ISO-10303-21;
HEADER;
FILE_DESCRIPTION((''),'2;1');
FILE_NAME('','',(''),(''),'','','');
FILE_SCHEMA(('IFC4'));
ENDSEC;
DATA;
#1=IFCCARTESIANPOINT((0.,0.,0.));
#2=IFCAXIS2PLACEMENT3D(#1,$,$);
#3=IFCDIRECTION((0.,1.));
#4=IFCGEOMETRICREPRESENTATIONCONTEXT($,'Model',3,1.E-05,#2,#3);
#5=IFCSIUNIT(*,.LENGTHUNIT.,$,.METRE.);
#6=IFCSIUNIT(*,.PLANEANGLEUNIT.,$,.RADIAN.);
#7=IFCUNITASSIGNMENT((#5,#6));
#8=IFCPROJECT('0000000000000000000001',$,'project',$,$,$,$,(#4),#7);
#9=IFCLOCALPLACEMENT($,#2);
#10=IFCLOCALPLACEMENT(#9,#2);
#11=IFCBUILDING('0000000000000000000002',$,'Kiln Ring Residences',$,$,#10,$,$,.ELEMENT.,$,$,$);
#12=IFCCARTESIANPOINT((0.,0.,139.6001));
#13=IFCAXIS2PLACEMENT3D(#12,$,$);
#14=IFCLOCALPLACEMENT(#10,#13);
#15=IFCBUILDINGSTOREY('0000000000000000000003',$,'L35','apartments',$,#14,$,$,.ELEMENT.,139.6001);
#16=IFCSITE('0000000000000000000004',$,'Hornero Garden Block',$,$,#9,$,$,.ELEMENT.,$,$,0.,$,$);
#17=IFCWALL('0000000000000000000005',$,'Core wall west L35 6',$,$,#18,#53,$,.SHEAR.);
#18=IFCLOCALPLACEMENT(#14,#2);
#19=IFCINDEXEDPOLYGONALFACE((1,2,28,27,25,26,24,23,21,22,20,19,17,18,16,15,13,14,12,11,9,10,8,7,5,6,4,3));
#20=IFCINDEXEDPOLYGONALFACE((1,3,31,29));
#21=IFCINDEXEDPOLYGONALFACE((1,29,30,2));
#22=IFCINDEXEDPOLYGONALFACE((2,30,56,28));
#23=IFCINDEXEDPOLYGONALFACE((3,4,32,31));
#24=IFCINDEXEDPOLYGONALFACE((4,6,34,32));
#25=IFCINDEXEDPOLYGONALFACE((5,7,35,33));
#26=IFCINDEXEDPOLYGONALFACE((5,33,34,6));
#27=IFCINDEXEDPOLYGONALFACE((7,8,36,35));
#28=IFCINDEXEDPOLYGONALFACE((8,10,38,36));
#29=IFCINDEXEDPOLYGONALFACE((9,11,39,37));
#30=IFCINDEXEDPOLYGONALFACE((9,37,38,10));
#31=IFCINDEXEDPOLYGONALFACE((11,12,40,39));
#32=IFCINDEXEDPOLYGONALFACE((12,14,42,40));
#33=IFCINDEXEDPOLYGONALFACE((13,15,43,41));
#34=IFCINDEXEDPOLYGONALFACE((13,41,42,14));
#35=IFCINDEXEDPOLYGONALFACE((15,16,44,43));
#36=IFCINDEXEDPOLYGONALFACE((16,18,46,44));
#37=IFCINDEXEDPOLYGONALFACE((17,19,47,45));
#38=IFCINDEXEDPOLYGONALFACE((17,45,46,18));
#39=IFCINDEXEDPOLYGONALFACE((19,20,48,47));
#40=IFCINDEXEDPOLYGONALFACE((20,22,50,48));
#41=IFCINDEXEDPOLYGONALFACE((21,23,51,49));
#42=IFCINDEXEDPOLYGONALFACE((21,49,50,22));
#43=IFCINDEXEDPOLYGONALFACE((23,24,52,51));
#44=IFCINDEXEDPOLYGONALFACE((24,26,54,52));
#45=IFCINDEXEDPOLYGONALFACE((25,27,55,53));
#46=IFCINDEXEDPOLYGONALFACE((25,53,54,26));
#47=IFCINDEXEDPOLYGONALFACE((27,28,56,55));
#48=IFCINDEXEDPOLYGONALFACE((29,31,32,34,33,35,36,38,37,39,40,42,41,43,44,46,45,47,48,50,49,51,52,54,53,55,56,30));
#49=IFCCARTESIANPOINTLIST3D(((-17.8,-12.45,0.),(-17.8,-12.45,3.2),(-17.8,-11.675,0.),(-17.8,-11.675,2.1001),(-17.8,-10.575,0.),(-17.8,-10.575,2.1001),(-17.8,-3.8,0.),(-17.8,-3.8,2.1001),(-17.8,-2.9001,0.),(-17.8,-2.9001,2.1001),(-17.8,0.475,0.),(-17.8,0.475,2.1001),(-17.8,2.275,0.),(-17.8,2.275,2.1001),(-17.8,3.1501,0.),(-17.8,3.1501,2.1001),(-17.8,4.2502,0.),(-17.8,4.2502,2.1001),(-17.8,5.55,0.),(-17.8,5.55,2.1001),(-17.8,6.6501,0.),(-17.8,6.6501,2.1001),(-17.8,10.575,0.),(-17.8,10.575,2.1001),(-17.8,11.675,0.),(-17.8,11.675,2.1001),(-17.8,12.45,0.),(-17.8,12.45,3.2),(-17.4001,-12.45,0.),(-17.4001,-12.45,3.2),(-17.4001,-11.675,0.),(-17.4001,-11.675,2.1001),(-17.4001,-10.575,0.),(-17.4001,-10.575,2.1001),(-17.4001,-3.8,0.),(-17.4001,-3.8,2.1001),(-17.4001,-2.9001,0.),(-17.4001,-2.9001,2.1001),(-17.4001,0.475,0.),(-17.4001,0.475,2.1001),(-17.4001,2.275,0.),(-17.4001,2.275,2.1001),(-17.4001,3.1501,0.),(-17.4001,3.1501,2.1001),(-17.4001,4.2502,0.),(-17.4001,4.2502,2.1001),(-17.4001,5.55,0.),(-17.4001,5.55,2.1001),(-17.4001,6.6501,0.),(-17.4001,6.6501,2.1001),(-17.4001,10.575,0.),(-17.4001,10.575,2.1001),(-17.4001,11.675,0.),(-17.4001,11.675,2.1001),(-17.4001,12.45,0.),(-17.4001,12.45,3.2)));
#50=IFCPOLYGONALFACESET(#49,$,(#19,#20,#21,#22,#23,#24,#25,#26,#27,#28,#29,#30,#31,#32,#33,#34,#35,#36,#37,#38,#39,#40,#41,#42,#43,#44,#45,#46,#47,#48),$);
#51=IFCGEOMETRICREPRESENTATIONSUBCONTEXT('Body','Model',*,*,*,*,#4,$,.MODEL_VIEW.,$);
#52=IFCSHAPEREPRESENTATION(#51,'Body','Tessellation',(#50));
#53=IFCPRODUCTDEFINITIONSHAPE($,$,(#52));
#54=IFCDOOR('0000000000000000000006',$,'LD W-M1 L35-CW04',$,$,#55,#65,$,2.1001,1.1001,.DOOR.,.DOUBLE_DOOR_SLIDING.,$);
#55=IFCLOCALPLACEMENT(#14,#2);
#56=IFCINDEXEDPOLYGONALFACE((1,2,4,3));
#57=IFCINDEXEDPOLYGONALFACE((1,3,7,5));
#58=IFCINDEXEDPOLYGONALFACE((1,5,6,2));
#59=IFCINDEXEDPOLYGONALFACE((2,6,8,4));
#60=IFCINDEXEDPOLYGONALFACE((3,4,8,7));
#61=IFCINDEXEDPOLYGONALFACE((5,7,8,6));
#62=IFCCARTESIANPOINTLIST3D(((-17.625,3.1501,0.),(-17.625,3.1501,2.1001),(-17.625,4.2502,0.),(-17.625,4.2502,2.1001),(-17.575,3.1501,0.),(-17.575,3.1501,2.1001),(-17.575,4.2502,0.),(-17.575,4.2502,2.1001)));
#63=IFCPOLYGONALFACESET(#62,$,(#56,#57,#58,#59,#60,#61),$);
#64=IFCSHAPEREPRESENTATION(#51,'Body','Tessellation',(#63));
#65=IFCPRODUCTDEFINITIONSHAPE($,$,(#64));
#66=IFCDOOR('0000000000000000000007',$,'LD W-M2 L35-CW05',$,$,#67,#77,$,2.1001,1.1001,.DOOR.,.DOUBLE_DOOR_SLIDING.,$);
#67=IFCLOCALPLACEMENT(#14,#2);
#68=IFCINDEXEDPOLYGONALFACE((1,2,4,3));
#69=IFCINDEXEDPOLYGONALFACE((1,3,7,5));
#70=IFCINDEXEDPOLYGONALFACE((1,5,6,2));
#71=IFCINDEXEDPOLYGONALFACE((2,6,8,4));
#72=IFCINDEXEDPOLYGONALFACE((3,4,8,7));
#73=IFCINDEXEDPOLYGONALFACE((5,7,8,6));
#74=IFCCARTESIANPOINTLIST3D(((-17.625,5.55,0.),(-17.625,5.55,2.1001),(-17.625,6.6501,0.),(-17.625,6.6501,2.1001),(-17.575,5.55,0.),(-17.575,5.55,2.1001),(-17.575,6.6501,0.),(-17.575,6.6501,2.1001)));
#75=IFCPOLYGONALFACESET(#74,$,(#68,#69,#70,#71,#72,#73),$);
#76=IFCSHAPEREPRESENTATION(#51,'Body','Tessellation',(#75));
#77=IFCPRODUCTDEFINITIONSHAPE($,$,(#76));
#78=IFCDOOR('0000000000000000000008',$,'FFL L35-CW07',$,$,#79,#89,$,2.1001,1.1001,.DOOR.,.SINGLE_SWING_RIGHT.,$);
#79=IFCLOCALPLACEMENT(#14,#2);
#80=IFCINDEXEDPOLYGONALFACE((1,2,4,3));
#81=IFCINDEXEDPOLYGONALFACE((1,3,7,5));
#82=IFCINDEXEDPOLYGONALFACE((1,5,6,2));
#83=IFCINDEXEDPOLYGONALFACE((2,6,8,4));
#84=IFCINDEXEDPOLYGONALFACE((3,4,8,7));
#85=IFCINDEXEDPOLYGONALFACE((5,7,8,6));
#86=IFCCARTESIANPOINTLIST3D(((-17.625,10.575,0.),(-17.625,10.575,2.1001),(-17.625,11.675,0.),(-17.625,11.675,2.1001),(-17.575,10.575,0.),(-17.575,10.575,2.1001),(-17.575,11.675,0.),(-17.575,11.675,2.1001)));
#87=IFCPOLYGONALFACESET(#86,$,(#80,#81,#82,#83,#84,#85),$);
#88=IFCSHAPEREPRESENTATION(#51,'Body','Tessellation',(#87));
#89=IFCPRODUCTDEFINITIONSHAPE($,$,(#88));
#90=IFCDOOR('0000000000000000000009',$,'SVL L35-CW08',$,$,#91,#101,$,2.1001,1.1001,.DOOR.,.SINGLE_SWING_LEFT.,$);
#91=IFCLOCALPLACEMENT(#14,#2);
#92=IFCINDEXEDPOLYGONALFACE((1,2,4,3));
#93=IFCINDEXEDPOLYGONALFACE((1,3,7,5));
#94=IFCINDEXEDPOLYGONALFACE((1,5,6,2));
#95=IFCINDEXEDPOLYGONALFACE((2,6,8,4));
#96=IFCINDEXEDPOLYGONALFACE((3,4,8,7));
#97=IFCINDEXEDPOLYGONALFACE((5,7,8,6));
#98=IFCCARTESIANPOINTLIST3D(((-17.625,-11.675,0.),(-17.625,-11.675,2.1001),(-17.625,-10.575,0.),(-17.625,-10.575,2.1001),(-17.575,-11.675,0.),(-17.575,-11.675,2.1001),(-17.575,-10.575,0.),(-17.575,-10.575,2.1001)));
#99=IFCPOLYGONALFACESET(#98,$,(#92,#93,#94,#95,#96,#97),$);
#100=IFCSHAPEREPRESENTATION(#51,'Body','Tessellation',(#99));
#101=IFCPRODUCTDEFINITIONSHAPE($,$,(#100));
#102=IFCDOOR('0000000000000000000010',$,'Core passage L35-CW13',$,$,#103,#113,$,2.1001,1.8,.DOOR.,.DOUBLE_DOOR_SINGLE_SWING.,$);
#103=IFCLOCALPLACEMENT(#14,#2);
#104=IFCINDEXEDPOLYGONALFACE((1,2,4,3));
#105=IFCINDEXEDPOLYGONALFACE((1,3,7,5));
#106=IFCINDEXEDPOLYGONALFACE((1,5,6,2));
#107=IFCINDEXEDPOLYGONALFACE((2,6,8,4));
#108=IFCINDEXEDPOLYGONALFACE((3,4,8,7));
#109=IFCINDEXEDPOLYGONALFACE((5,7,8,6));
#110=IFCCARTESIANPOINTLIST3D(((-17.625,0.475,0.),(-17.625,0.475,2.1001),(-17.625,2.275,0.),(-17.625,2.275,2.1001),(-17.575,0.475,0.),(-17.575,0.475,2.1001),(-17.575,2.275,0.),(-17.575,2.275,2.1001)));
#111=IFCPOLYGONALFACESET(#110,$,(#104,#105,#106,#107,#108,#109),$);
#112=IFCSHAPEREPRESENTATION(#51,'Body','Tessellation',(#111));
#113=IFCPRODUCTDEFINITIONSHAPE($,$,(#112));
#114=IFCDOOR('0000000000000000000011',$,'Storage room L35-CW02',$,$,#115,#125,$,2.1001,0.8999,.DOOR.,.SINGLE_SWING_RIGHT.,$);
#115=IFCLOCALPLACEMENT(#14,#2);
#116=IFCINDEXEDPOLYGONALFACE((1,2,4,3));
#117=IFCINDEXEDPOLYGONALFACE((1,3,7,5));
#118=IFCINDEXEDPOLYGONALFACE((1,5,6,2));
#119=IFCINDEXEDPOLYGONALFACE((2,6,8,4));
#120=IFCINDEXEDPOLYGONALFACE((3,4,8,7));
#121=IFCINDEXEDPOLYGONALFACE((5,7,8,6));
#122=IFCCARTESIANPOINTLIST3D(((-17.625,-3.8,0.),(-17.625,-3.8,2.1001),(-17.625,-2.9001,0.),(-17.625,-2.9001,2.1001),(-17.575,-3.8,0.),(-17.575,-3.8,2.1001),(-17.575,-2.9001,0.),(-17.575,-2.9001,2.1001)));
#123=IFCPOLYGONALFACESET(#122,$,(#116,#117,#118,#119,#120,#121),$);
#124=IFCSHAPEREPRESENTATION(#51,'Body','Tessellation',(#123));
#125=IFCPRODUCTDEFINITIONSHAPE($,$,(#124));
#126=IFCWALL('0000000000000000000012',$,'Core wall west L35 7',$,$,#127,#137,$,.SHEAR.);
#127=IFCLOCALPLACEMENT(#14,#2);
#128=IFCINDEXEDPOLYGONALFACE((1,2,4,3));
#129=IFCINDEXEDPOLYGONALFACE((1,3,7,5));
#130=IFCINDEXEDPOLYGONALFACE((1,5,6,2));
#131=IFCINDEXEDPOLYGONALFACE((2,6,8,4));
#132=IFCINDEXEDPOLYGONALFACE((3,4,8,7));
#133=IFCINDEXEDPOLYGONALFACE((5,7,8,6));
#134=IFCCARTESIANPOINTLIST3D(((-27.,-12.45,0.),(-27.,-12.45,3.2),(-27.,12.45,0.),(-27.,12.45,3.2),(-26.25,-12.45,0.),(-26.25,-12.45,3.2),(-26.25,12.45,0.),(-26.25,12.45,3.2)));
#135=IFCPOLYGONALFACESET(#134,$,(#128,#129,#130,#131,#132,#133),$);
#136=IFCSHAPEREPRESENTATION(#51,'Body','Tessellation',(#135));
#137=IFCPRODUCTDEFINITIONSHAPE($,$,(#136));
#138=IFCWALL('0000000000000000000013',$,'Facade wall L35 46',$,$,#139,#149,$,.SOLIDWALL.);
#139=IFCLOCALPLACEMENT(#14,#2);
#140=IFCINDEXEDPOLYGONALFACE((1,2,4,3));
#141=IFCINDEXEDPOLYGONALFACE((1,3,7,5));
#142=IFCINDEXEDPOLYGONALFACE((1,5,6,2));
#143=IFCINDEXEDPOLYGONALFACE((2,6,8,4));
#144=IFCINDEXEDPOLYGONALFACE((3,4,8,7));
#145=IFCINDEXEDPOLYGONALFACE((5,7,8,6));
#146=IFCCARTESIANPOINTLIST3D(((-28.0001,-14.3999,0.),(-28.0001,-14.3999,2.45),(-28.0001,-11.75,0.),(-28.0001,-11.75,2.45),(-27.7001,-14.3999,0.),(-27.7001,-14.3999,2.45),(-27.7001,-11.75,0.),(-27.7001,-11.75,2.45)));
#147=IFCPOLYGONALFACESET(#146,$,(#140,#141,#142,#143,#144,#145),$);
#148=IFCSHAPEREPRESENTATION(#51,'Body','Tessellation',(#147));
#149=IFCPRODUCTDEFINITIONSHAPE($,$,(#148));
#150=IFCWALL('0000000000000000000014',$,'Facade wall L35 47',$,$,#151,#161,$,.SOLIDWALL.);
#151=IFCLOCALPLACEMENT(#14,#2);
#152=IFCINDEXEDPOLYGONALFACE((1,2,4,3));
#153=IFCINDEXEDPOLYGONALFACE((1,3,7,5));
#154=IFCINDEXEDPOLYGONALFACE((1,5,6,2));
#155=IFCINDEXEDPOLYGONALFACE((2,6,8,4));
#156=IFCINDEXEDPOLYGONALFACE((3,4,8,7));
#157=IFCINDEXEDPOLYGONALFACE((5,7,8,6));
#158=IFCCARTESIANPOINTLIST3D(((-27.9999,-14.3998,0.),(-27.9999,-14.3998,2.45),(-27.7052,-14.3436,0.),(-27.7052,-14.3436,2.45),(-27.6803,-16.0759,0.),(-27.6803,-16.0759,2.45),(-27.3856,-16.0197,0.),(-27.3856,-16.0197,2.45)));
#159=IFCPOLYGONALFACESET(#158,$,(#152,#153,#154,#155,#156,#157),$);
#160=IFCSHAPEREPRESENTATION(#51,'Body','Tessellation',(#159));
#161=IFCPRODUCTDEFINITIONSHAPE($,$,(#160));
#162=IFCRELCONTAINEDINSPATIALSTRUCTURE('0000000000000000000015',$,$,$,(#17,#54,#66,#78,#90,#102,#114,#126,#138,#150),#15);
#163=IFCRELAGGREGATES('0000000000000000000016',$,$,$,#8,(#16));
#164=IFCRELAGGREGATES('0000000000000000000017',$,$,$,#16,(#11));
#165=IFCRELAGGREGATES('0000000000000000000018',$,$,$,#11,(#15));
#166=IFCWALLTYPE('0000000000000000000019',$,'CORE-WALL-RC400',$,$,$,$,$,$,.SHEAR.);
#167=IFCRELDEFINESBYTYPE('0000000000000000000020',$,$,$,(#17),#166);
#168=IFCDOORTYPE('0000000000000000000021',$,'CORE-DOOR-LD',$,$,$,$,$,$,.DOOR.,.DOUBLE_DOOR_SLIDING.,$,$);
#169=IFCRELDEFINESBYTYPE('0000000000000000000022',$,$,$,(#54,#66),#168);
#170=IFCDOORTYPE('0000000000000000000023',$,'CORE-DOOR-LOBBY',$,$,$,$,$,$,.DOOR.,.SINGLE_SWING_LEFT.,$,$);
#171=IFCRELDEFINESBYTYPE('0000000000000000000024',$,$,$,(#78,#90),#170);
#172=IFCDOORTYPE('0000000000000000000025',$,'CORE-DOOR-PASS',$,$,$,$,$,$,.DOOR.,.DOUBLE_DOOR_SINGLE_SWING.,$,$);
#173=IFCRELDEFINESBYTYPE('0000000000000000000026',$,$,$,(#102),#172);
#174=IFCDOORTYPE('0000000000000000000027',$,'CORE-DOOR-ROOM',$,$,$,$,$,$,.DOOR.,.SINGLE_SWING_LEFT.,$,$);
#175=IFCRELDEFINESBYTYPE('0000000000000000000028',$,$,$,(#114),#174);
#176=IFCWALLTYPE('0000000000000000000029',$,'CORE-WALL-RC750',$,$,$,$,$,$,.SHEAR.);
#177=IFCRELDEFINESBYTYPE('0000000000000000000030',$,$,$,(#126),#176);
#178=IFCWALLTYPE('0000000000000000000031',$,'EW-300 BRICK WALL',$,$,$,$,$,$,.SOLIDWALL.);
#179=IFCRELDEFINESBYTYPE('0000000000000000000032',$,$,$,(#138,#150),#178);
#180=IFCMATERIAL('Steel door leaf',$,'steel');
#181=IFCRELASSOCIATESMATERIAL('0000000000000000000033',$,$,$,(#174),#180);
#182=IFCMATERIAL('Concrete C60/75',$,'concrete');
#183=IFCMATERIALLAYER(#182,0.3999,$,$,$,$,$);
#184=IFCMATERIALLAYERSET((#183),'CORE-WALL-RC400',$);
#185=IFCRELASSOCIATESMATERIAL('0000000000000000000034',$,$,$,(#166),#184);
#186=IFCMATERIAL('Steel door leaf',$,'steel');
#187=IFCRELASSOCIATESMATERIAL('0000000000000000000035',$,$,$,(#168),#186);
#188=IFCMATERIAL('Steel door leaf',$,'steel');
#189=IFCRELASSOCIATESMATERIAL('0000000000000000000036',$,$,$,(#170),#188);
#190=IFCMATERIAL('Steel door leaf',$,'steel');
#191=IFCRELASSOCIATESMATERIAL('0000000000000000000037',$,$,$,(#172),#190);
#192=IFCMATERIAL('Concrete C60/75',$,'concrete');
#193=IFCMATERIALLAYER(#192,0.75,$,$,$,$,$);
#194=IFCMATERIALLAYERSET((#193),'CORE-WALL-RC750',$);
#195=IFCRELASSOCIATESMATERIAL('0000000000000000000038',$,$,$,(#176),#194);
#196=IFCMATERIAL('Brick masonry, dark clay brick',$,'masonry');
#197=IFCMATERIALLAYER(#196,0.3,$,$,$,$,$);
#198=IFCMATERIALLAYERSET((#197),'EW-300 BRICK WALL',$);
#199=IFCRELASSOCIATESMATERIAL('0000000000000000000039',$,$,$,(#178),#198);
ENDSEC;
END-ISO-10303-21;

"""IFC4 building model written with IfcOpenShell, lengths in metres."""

from ifc_helpers import new_model, si_unit, direction, frame, frame_2d, origin, place, context, subcontext, project, spatial, rectangle, extrude, material, layer, layer_set, type_object, element, fill, save


model = new_model("IFC4")

# Units and contexts
model_context = context("Model", 3, precision=1e-05, world=origin(), true_north=direction((0.0, 1.0)))
body_context = subcontext(model_context, "Body", "Model", "MODEL_VIEW")
ifc_project = project(units=[si_unit("LENGTHUNIT", "METRE"), si_unit("PLANEANGLEUNIT", "RADIAN")], contexts=[model_context])

# Site, building, storey
site_placement = place(None, origin())
site = spatial("IfcSite", under=ifc_project, at=site_placement, Name="Hornero Garden Block", CompositionType="ELEMENT", RefElevation=0.0)
building_placement = place(site_placement, origin())
building = spatial("IfcBuilding", under=site, at=building_placement, Name="Kiln Ring Residences", CompositionType="ELEMENT")
storey_placement = place(building_placement, frame((0.0, 0.0, 139.6001)))
storey = spatial("IfcBuildingStorey", under=building, at=storey_placement, Name="L35", Description="apartments", CompositionType="ELEMENT", Elevation=139.6001)

# Shared definitions
ifc_material_1 = material(Name="Steel door leaf", Category="steel")
door_type_1 = type_object("IfcDoorType", Name="CORE-DOOR-ROOM", OperationType="SINGLE_SWING_LEFT", PredefinedType="DOOR", material=ifc_material_1)

# Wall, openings, doors
ifc_material_2 = material(Name="Concrete C60/75", Category="concrete")
ifc_layer_1 = layer(ifc_material_2, 0.3999)
ifc_layer_set_1 = layer_set([ifc_layer_1], Name="CORE-WALL-RC400")
wall_type_1 = type_object("IfcWallType", Name="CORE-WALL-RC400", PredefinedType="SHEAR", material=ifc_layer_set_1)
wall_1_placement = place(storey_placement, frame((-17.6001, -12.45, 0.0), z_axis=(0.0, 0.0, 1.0), x_axis=(0.0, 1.0, 0.0)))
wall_1 = element("IfcWall", 1, at=wall_1_placement, inside=storey, type_object=wall_type_1, Name="Core wall west L35 6", PredefinedType="SHEAR", context=body_context, shape_type="SweptSolid", body=[
    extrude(rectangle(XDim=24.8999, YDim=0.3999, at=frame_2d((12.45, 0.0))), origin(), (0.0, 0.0, 1.0), 3.2),
])
opening_1_placement = place(wall_1_placement, frame((8.6499, 0.0, 0.0)))
opening_1 = element("IfcOpeningElement", 2, at=opening_1_placement, cuts=wall_1, PredefinedType="OPENING", context=body_context, shape_type="SweptSolid", body=[
    extrude(rectangle(XDim=0.8999, YDim=2.1001, at=frame_2d((0.45, 1.05))), frame((0.0, 0.21, 0.0), z_axis=(0.0, -1.0, 0.0), x_axis=(1.0, 0.0, 0.0)), (0.0, 0.0, 1.0), 0.4199),
])
opening_2_placement = place(wall_1_placement, frame((15.6001, 0.0, 0.0)))
opening_2 = element("IfcOpeningElement", 3, at=opening_2_placement, cuts=wall_1, PredefinedType="OPENING", context=body_context, shape_type="SweptSolid", body=[
    extrude(rectangle(XDim=1.1001, YDim=2.1001, at=frame_2d((0.55, 1.05))), frame((0.0, 0.21, 0.0), z_axis=(0.0, -1.0, 0.0), x_axis=(1.0, 0.0, 0.0)), (0.0, 0.0, 1.0), 0.4199),
])
opening_3_placement = place(wall_1_placement, frame((18.0, 0.0, 0.0)))
opening_3 = element("IfcOpeningElement", 4, at=opening_3_placement, cuts=wall_1, PredefinedType="OPENING", context=body_context, shape_type="SweptSolid", body=[
    extrude(rectangle(XDim=1.1001, YDim=2.1001, at=frame_2d((0.55, 1.05))), frame((0.0, 0.21, 0.0), z_axis=(0.0, -1.0, 0.0), x_axis=(1.0, 0.0, 0.0)), (0.0, 0.0, 1.0), 0.4199),
])
opening_4_placement = place(wall_1_placement, frame((23.0249, 0.0, 0.0)))
opening_4 = element("IfcOpeningElement", 5, at=opening_4_placement, cuts=wall_1, PredefinedType="OPENING", context=body_context, shape_type="SweptSolid", body=[
    extrude(rectangle(XDim=1.1001, YDim=2.1001, at=frame_2d((0.55, 1.05))), frame((0.0, 0.21, 0.0), z_axis=(0.0, -1.0, 0.0), x_axis=(1.0, 0.0, 0.0)), (0.0, 0.0, 1.0), 0.4199),
])
opening_5_placement = place(wall_1_placement, frame((0.7749, 0.0, 0.0)))
opening_5 = element("IfcOpeningElement", 6, at=opening_5_placement, cuts=wall_1, PredefinedType="OPENING", context=body_context, shape_type="SweptSolid", body=[
    extrude(rectangle(XDim=1.1001, YDim=2.1001, at=frame_2d((0.55, 1.05))), frame((0.0, 0.21, 0.0), z_axis=(0.0, -1.0, 0.0), x_axis=(1.0, 0.0, 0.0)), (0.0, 0.0, 1.0), 0.4199),
])
opening_6_placement = place(wall_1_placement, frame((12.925, 0.0, 0.0)))
opening_6 = element("IfcOpeningElement", 7, at=opening_6_placement, cuts=wall_1, PredefinedType="OPENING", context=body_context, shape_type="SweptSolid", body=[
    extrude(rectangle(XDim=1.8, YDim=2.1001, at=frame_2d((0.8999, 1.05))), frame((0.0, 0.21, 0.0), z_axis=(0.0, -1.0, 0.0), x_axis=(1.0, 0.0, 0.0)), (0.0, 0.0, 1.0), 0.4199),
])
ifc_material_3 = material(Name="Steel door leaf", Category="steel")
door_type_2 = type_object("IfcDoorType", Name="CORE-DOOR-LD", OperationType="DOUBLE_DOOR_SLIDING", PredefinedType="DOOR", material=ifc_material_3)
door_1_placement = place(opening_2_placement, origin())
door_1 = element("IfcDoor", 8, at=door_1_placement, inside=storey, type_object=door_type_2, Name="LD W-M1 L35-CW04", OperationType="DOUBLE_DOOR_SLIDING", OverallHeight=2.1001, OverallWidth=1.1001, PredefinedType="DOOR", context=body_context, shape_type="SweptSolid", body=[
    extrude(rectangle(XDim=1.1001, YDim=2.1001, at=frame_2d((0.55, 1.05))), frame((0.0, 0.0249, 0.0), z_axis=(0.0, -1.0, 0.0), x_axis=(1.0, 0.0, 0.0)), (0.0, 0.0, 1.0), 0.05),
])
fill(opening_2, door_1)
door_2_placement = place(opening_3_placement, origin())
door_2 = element("IfcDoor", 9, at=door_2_placement, inside=storey, type_object=door_type_2, Name="LD W-M2 L35-CW05", OperationType="DOUBLE_DOOR_SLIDING", OverallHeight=2.1001, OverallWidth=1.1001, PredefinedType="DOOR", context=body_context, shape_type="SweptSolid", body=[
    extrude(rectangle(XDim=1.1001, YDim=2.1001, at=frame_2d((0.55, 1.05))), frame((0.0, 0.0249, 0.0), z_axis=(0.0, -1.0, 0.0), x_axis=(1.0, 0.0, 0.0)), (0.0, 0.0, 1.0), 0.05),
])
fill(opening_3, door_2)
ifc_material_4 = material(Name="Steel door leaf", Category="steel")
door_type_3 = type_object("IfcDoorType", Name="CORE-DOOR-LOBBY", OperationType="SINGLE_SWING_LEFT", PredefinedType="DOOR", material=ifc_material_4)
door_3_placement = place(opening_4_placement, origin())
door_3 = element("IfcDoor", 10, at=door_3_placement, inside=storey, type_object=door_type_3, Name="FFL L35-CW07", OperationType="SINGLE_SWING_RIGHT", OverallHeight=2.1001, OverallWidth=1.1001, PredefinedType="DOOR", context=body_context, shape_type="SweptSolid", body=[
    extrude(rectangle(XDim=1.1001, YDim=2.1001, at=frame_2d((0.55, 1.05))), frame((0.0, 0.0249, 0.0), z_axis=(0.0, -1.0, 0.0), x_axis=(1.0, 0.0, 0.0)), (0.0, 0.0, 1.0), 0.05),
])
fill(opening_4, door_3)
door_4_placement = place(opening_5_placement, origin())
door_4 = element("IfcDoor", 11, at=door_4_placement, inside=storey, type_object=door_type_3, Name="SVL L35-CW08", OperationType="SINGLE_SWING_LEFT", OverallHeight=2.1001, OverallWidth=1.1001, PredefinedType="DOOR", context=body_context, shape_type="SweptSolid", body=[
    extrude(rectangle(XDim=1.1001, YDim=2.1001, at=frame_2d((0.55, 1.05))), frame((0.0, 0.0249, 0.0), z_axis=(0.0, -1.0, 0.0), x_axis=(1.0, 0.0, 0.0)), (0.0, 0.0, 1.0), 0.05),
])
fill(opening_5, door_4)
ifc_material_5 = material(Name="Steel door leaf", Category="steel")
door_type_4 = type_object("IfcDoorType", Name="CORE-DOOR-PASS", OperationType="DOUBLE_DOOR_SINGLE_SWING", PredefinedType="DOOR", material=ifc_material_5)
door_5_placement = place(opening_6_placement, origin())
door_5 = element("IfcDoor", 12, at=door_5_placement, inside=storey, type_object=door_type_4, Name="Core passage L35-CW13", OperationType="DOUBLE_DOOR_SINGLE_SWING", OverallHeight=2.1001, OverallWidth=1.8, PredefinedType="DOOR", context=body_context, shape_type="SweptSolid", body=[
    extrude(rectangle(XDim=1.8, YDim=2.1001, at=frame_2d((0.8999, 1.05))), frame((0.0, 0.0249, 0.0), z_axis=(0.0, -1.0, 0.0), x_axis=(1.0, 0.0, 0.0)), (0.0, 0.0, 1.0), 0.05),
])
fill(opening_6, door_5)
door_6_placement = place(opening_1_placement, origin())
door_6 = element("IfcDoor", 13, at=door_6_placement, inside=storey, type_object=door_type_1, Name="Storage room L35-CW02", OperationType="SINGLE_SWING_RIGHT", OverallHeight=2.1001, OverallWidth=0.8999, PredefinedType="DOOR", context=body_context, shape_type="SweptSolid", body=[
    extrude(rectangle(XDim=0.8999, YDim=2.1001, at=frame_2d((0.45, 1.05))), frame((0.0, 0.0249, 0.0), z_axis=(0.0, -1.0, 0.0), x_axis=(1.0, 0.0, 0.0)), (0.0, 0.0, 1.0), 0.05),
])
fill(opening_1, door_6)

# Walls
ifc_material_6 = material(Name="Concrete C60/75", Category="concrete")
ifc_layer_2 = layer(ifc_material_6, 0.75)
ifc_layer_set_2 = layer_set([ifc_layer_2], Name="CORE-WALL-RC750")
wall_type_2 = type_object("IfcWallType", Name="CORE-WALL-RC750", PredefinedType="SHEAR", material=ifc_layer_set_2)
wall_2_placement = place(storey_placement, frame((-26.625, -12.45, 0.0), z_axis=(0.0, 0.0, 1.0), x_axis=(0.0, 1.0, 0.0)))
element("IfcWall", 14, at=wall_2_placement, inside=storey, type_object=wall_type_2, Name="Core wall west L35 7", PredefinedType="SHEAR", context=body_context, shape_type="SweptSolid", body=[
    extrude(rectangle(XDim=24.8999, YDim=0.75, at=frame_2d((12.45, 0.0))), origin(), (0.0, 0.0, 1.0), 3.2),
])
ifc_material_7 = material(Name="Brick masonry, dark clay brick", Category="masonry")
ifc_layer_3 = layer(ifc_material_7, 0.3)
ifc_layer_set_3 = layer_set([ifc_layer_3], Name="EW-300 BRICK WALL")
wall_type_3 = type_object("IfcWallType", Name="EW-300 BRICK WALL", PredefinedType="SOLIDWALL", material=ifc_layer_set_3)
wall_3_placement = place(storey_placement, frame((-27.8501, -11.75, 0.0), z_axis=(0.0, 0.0, 1.0), x_axis=(0.0, -1.0, 0.0)))
element("IfcWall", 15, at=wall_3_placement, inside=storey, type_object=wall_type_3, Name="Facade wall L35 46", PredefinedType="SOLIDWALL", context=body_context, shape_type="SweptSolid", body=[
    extrude(rectangle(XDim=2.6499, YDim=0.3, at=frame_2d((1.325, 0.0))), origin(), (0.0, 0.0, 1.0), 2.45),
])
wall_4_placement = place(storey_placement, frame((-27.8525, -14.3718, 0.0), z_axis=(0.0, 0.0, 1.0), x_axis=(0.187303, -0.982302, 0.0)))
element("IfcWall", 16, at=wall_4_placement, inside=storey, type_object=wall_type_3, Name="Facade wall L35 47", PredefinedType="SOLIDWALL", context=body_context, shape_type="SweptSolid", body=[
    extrude(rectangle(XDim=1.7063, YDim=0.3, at=frame_2d((0.853, 0.0))), origin(), (0.0, 0.0, 1.0), 2.45),
])

save(model, "model.ifc")
